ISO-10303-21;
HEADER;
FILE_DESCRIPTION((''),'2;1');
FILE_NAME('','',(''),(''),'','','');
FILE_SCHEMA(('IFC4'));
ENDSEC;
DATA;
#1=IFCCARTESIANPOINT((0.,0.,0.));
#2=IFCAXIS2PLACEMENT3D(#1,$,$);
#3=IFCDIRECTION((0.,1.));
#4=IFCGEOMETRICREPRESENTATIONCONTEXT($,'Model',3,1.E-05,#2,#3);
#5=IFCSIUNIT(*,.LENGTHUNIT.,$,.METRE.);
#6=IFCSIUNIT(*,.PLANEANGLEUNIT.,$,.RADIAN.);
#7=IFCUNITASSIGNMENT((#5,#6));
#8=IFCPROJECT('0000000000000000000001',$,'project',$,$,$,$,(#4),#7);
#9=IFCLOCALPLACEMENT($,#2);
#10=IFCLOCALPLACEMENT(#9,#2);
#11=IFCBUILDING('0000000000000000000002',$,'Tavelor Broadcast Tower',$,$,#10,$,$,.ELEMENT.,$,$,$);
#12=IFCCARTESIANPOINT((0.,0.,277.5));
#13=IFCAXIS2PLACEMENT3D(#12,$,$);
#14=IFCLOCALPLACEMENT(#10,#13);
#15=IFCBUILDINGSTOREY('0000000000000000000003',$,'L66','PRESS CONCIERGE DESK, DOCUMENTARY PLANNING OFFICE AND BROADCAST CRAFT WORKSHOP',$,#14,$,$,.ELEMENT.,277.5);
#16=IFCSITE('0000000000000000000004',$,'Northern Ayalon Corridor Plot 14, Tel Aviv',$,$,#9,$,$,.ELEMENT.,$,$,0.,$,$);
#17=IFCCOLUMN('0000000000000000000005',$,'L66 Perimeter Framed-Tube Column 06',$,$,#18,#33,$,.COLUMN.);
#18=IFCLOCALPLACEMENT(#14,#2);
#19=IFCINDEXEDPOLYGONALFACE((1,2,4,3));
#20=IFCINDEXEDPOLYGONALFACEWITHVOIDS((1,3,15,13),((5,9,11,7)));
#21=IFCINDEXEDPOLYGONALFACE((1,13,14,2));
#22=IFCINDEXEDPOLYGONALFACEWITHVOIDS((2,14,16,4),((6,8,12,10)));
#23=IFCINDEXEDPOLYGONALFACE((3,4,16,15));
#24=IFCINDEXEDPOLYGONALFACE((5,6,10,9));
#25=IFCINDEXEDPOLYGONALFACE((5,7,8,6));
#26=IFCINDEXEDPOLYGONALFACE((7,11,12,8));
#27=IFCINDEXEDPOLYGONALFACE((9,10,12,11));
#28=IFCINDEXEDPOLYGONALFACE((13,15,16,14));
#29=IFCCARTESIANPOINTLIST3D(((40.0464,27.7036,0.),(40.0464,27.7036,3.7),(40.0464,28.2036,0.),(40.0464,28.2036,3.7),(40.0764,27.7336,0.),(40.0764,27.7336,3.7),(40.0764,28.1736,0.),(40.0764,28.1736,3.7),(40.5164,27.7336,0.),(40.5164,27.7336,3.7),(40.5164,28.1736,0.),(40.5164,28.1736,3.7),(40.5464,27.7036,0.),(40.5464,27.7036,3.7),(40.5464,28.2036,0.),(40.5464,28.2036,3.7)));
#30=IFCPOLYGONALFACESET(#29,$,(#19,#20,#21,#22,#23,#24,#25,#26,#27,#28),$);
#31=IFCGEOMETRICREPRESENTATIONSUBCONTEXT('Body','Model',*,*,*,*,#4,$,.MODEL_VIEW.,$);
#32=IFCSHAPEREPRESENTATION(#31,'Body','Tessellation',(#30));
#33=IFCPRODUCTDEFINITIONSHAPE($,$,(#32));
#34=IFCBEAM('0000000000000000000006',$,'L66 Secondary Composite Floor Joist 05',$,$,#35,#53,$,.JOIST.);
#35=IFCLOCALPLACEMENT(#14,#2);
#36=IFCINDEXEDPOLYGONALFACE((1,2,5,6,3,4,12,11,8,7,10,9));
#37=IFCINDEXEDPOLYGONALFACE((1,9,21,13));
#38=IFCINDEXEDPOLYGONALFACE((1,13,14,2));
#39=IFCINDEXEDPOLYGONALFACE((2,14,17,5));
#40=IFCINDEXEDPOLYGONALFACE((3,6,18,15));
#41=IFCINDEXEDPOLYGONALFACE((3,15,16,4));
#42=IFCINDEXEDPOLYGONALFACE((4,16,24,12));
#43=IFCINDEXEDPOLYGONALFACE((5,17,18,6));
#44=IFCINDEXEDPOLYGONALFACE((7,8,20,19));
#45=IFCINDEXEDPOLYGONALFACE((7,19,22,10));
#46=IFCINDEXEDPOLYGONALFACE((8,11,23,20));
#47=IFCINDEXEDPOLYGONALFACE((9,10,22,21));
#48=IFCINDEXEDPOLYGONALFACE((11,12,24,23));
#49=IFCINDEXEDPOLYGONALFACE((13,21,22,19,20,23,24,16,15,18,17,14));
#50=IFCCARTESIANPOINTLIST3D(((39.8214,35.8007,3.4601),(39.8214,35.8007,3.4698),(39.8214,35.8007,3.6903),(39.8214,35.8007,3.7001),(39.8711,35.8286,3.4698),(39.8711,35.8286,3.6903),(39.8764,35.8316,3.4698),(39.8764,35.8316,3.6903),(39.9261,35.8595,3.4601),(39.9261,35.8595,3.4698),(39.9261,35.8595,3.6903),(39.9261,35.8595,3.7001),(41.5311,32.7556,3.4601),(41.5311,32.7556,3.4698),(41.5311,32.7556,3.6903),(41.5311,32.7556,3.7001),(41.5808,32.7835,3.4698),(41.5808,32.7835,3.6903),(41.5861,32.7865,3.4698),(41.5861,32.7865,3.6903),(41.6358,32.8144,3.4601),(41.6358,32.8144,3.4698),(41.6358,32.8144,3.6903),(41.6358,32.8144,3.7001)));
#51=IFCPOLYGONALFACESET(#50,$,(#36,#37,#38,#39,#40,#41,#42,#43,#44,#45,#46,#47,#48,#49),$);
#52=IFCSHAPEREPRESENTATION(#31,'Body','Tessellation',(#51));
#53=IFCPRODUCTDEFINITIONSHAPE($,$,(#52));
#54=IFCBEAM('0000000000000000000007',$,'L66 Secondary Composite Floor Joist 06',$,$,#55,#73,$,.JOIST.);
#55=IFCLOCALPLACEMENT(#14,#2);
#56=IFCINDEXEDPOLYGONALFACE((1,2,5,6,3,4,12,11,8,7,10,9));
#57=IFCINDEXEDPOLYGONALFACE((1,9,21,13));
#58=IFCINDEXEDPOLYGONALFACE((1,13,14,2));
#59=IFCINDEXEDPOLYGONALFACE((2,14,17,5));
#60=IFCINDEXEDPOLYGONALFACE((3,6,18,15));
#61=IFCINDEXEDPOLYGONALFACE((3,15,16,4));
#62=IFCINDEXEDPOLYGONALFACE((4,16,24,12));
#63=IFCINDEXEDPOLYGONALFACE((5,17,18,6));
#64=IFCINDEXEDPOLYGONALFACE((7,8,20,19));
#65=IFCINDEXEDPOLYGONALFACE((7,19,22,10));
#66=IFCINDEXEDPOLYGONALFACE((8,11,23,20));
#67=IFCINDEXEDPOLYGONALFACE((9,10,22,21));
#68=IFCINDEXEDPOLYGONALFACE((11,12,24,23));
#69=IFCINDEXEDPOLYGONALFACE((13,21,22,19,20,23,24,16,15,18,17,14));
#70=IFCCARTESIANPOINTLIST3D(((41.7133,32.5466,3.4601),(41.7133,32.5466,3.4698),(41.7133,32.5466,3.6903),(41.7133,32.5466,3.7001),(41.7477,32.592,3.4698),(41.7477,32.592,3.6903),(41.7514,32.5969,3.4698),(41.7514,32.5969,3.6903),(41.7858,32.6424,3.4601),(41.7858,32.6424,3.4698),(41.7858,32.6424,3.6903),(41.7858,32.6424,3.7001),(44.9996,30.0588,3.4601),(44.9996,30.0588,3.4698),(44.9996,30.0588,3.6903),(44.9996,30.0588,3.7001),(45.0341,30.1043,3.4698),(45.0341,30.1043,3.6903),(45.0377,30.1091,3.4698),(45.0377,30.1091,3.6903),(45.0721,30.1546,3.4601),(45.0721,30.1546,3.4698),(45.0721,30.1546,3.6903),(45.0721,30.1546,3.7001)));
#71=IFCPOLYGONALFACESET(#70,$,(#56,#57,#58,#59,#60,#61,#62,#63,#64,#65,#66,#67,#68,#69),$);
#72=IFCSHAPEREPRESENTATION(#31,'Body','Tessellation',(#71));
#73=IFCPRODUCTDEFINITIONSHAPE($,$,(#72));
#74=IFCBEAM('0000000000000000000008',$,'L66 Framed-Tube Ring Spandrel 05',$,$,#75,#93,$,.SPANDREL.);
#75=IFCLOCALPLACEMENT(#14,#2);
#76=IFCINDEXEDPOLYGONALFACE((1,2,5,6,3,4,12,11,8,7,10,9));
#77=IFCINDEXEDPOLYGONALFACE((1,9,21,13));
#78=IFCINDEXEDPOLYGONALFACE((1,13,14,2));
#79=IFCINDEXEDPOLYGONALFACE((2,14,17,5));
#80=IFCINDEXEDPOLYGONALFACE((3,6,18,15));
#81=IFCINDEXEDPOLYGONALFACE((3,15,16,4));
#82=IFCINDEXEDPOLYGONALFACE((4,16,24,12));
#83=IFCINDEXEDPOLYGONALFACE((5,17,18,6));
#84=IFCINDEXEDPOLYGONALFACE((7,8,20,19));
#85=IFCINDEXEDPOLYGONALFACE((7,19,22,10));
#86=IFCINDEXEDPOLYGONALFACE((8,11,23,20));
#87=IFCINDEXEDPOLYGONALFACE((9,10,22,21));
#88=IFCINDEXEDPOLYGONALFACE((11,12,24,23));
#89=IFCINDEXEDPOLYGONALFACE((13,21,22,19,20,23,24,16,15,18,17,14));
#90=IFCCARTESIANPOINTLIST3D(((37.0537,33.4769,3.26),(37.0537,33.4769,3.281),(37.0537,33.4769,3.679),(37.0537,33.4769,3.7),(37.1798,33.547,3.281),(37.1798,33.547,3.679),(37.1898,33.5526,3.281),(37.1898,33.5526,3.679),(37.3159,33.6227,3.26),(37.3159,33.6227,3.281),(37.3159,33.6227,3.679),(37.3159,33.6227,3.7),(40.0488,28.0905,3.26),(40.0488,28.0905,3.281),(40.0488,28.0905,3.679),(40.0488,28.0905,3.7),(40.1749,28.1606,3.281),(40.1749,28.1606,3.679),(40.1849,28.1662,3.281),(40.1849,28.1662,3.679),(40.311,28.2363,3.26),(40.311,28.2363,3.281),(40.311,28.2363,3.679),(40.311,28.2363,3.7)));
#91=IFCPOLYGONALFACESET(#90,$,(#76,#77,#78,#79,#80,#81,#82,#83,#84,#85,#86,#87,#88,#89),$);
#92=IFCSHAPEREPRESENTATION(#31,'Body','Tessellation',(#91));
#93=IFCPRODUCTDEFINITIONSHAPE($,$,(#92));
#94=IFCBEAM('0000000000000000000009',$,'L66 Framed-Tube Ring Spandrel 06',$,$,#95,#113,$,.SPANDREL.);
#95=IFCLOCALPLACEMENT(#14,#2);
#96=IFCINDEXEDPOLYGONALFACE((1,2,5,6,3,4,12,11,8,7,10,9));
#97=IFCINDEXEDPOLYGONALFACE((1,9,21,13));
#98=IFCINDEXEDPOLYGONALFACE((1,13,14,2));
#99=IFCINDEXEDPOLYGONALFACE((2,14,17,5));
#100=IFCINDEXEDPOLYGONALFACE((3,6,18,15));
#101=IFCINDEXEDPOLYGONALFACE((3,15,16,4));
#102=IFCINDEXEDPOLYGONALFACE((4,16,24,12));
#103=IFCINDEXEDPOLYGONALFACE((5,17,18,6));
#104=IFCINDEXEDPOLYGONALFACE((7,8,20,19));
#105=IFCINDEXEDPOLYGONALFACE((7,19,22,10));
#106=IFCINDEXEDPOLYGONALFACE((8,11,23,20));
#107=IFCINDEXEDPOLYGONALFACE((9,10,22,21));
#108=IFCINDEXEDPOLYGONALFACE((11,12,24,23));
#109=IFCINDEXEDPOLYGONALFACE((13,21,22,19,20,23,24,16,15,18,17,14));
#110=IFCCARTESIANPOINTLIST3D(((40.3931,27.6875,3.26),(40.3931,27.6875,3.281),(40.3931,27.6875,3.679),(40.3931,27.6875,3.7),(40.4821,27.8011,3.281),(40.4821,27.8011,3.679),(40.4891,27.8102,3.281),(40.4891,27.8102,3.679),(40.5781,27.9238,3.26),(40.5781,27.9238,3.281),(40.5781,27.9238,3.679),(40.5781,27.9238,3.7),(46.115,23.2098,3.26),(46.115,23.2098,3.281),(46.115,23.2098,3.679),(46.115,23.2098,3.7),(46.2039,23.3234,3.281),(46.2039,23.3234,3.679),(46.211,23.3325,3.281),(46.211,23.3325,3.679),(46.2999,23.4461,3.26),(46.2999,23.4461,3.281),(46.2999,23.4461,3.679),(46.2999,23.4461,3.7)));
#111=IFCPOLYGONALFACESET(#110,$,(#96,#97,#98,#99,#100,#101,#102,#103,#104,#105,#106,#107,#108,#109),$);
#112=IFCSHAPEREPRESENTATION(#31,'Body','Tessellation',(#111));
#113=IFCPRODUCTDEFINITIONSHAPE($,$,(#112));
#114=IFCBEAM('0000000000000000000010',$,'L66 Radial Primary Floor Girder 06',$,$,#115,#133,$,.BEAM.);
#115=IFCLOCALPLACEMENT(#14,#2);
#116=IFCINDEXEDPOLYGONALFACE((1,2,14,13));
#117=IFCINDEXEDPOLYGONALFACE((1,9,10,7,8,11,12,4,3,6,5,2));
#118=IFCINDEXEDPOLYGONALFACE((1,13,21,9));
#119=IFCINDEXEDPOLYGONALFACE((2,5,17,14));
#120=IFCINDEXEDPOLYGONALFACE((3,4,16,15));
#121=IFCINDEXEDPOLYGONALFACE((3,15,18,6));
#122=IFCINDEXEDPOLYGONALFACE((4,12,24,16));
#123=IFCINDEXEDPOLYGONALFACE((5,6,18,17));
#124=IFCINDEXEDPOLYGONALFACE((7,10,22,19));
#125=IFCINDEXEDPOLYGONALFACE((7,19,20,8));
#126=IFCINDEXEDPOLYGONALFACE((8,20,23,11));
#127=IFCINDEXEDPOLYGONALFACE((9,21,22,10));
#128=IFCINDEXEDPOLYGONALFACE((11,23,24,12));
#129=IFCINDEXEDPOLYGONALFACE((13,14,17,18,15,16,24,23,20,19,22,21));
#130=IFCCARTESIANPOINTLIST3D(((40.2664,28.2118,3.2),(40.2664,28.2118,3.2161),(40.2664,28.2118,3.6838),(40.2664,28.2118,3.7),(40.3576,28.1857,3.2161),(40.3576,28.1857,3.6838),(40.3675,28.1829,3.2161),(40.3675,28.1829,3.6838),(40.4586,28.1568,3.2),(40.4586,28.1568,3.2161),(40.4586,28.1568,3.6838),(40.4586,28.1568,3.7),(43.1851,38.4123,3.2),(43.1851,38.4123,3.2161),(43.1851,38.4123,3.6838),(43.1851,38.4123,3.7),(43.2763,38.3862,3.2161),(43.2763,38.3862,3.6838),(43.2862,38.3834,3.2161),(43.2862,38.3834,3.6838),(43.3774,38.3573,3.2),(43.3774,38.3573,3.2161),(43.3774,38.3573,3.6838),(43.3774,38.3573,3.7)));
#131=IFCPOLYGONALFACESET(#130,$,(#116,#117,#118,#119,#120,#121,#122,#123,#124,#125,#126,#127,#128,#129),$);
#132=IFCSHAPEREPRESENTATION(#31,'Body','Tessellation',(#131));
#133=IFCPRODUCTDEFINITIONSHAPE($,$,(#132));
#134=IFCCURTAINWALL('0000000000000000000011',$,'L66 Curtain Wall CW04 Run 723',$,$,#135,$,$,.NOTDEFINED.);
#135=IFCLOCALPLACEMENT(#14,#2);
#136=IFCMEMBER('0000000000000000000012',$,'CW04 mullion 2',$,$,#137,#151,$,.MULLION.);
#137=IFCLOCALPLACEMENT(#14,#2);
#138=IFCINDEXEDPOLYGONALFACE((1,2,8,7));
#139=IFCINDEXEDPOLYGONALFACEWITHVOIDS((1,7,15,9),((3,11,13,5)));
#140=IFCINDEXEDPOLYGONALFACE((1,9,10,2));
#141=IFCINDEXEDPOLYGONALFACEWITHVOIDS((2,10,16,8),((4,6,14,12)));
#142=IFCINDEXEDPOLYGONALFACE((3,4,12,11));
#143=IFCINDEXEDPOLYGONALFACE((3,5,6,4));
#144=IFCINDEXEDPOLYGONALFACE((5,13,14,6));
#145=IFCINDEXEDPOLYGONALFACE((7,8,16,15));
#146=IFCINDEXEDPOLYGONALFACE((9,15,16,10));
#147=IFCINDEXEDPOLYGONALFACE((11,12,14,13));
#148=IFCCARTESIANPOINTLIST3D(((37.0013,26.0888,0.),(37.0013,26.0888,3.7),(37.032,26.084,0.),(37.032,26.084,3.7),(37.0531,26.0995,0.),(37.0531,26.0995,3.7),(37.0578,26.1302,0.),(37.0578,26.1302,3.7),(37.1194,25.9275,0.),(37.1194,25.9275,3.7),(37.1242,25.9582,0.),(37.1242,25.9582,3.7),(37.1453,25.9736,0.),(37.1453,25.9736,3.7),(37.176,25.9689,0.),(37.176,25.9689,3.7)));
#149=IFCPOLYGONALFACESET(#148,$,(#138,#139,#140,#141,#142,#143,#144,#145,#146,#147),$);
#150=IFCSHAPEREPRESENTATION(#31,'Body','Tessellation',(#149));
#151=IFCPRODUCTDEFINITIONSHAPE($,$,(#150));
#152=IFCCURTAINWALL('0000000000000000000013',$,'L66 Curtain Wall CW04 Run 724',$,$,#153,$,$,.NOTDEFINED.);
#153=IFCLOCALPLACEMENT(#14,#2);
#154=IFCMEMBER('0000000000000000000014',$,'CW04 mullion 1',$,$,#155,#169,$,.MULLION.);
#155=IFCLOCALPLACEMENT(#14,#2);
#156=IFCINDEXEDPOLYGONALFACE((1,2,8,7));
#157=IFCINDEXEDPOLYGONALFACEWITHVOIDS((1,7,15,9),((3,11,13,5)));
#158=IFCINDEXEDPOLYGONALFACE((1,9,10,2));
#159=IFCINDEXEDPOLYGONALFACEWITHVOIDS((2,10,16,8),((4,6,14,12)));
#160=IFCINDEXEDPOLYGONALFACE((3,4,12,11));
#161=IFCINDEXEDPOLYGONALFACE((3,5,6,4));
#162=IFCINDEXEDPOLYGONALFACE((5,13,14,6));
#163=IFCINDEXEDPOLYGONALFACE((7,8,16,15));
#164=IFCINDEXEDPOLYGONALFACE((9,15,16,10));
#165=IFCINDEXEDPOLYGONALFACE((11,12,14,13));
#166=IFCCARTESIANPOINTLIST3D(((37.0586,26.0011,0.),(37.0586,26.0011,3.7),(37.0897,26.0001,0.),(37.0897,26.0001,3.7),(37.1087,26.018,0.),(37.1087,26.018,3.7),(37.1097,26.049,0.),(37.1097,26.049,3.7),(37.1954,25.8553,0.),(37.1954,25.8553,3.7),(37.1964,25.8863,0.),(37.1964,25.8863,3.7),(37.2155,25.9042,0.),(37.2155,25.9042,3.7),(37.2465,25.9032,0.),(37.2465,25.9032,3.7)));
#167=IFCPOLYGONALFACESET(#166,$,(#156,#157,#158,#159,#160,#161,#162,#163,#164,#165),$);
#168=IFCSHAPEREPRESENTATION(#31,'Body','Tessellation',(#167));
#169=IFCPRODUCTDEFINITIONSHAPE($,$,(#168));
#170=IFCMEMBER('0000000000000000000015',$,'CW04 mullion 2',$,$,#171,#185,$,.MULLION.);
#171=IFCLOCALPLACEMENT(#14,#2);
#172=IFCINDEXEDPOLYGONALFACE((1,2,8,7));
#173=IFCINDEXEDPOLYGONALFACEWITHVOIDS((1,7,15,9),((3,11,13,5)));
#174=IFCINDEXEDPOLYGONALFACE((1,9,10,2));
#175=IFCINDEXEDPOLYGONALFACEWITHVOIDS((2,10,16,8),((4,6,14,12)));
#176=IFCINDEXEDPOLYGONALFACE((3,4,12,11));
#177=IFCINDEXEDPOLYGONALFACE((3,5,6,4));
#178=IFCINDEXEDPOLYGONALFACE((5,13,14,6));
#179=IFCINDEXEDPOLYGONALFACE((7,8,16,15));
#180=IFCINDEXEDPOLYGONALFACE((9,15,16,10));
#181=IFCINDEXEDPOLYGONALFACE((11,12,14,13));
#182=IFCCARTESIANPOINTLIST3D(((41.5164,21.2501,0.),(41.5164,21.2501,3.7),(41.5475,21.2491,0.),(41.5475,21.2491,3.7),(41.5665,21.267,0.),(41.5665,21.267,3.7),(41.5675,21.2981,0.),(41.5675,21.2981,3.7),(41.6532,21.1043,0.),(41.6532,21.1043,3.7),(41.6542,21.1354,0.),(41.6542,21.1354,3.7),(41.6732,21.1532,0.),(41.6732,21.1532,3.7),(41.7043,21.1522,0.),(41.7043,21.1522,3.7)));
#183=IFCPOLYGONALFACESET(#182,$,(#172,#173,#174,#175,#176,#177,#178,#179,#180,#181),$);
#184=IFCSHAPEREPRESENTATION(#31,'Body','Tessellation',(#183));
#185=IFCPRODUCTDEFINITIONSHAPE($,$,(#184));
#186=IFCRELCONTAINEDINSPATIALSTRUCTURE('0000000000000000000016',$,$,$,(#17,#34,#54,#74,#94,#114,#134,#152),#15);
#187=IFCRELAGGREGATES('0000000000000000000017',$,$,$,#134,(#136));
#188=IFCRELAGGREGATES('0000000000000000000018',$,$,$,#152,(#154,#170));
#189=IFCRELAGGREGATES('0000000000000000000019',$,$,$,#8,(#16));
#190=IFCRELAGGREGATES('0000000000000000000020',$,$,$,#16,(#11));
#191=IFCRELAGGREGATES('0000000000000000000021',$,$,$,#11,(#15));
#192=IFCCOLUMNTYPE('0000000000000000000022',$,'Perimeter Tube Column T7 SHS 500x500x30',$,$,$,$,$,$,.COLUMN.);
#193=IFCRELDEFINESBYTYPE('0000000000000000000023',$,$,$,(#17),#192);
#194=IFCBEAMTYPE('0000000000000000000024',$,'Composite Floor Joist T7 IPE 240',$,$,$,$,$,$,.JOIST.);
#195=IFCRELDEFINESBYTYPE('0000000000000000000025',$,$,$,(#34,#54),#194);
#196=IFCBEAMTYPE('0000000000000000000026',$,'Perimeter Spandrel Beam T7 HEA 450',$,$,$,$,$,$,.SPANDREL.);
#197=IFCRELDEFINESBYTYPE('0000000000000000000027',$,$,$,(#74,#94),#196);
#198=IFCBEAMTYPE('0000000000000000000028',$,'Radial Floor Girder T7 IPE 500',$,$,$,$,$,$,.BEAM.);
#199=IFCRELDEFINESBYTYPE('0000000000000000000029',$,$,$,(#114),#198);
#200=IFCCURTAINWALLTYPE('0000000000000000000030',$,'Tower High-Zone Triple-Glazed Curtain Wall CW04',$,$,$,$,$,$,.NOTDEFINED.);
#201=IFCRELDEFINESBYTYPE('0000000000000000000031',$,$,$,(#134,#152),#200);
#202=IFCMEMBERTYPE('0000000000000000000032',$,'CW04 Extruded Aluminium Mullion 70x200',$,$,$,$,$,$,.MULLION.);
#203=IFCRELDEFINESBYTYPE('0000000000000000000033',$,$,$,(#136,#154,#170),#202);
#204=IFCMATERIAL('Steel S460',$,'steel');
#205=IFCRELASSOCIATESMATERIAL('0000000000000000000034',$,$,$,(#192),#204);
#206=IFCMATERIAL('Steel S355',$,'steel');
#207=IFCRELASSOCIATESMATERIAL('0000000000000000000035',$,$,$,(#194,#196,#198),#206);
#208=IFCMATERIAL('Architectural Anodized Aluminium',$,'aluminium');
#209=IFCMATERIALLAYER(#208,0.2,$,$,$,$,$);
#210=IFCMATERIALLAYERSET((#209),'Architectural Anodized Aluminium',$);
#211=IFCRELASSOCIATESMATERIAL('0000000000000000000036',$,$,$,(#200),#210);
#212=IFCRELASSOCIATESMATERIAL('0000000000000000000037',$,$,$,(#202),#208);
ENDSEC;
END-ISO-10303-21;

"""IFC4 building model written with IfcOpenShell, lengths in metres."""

from ifc_helpers import new_model, si_unit, direction, frame, origin, origin_2d, place, context, subcontext, project, spatial, hollow_rectangle, i_section, extrude, source, transform, mapped, material, layer, layer_set, material_profile, profile_set, type_object, type_shapes, element, aggregate, save


model = new_model("IFC4")

# Units and contexts
model_context = context("Model", 3, precision=1e-05, world=origin(), true_north=direction((0.0, 1.0)))
body_context = subcontext(model_context, "Body", "Model", "MODEL_VIEW")
ifc_project = project(units=[si_unit("LENGTHUNIT", "METRE"), si_unit("PLANEANGLEUNIT", "RADIAN")], contexts=[model_context])

# Site, building, storey
site_placement = place(None, origin())
site = spatial("IfcSite", under=ifc_project, at=site_placement, Name="Northern Ayalon Corridor Plot 14, Tel Aviv", CompositionType="ELEMENT", RefElevation=0.0)
building_placement = place(site_placement, origin())
building = spatial("IfcBuilding", under=site, at=building_placement, Name="Tavelor Broadcast Tower", CompositionType="ELEMENT")
storey_placement = place(building_placement, frame((0.0, 0.0, 277.5)))
storey = spatial("IfcBuildingStorey", under=building, at=storey_placement, Name="L66", Description="PRESS CONCIERGE DESK, DOCUMENTARY PLANNING OFFICE AND BROADCAST CRAFT WORKSHOP", CompositionType="ELEMENT", Elevation=277.5)

# Column
ifc_material_1 = material(Name="Steel S460", Category="steel")
ifc_material_profile_1 = material_profile(ifc_material_1, hollow_rectangle(XDim=0.5, YDim=0.5, WallThickness=0.03, at=origin_2d()), Name="SHS 500x500x30")
ifc_profile_set_1 = profile_set([ifc_material_profile_1], Name="Steel S460")
column_type = type_object("IfcColumnType", Name="Perimeter Tube Column T7 SHS 500x500x30", PredefinedType="COLUMN", material=ifc_profile_set_1)
column_placement = place(storey_placement, frame((40.2964, 27.9536, 0.0), z_axis=(0.0, 0.0, 1.0), x_axis=(1.0, 0.0, 0.0)))
element("IfcColumn", 1, at=column_placement, inside=storey, type_object=column_type, Name="L66 Perimeter Framed-Tube Column 06", PredefinedType="COLUMN", context=body_context, shape_type="SweptSolid", body=[
    extrude(hollow_rectangle(XDim=0.5, YDim=0.5, WallThickness=0.03, at=origin_2d()), origin(), (0.0, 0.0, 1.0), 3.7),
])

# Beams
ifc_material_2 = material(Name="Steel S355", Category="steel")
ifc_material_profile_2 = material_profile(ifc_material_2, i_section(OverallWidth=0.1201, OverallDepth=0.24, WebThickness=0.0061, FlangeThickness=0.0098, at=origin_2d()), Name="IPE 240")
ifc_profile_set_2 = profile_set([ifc_material_profile_2], Name="Steel S355")
beam_type_1 = type_object("IfcBeamType", Name="Composite Floor Joist T7 IPE 240", PredefinedType="JOIST", material=ifc_profile_set_2)
beam_1_placement = place(storey_placement, frame((39.8738, 35.8301, 3.5801), z_axis=(0.489567, -0.871965, 0.0), x_axis=(0.871965, 0.489567, 0.0)))
element("IfcBeam", 2, at=beam_1_placement, inside=storey, type_object=beam_type_1, Name="L66 Secondary Composite Floor Joist 05", PredefinedType="JOIST", context=body_context, shape_type="SweptSolid", body=[
    extrude(i_section(OverallWidth=0.1201, OverallDepth=0.24, WebThickness=0.0061, FlangeThickness=0.0098, at=origin_2d()), origin(), (0.0, 0.0, 1.0), 3.4922),
])
beam_2_placement = place(storey_placement, frame((41.7495, 32.5945, 3.5801), z_axis=(0.797312, -0.603567, 0.0), x_axis=(0.603567, 0.797312, 0.0)))
element("IfcBeam", 3, at=beam_2_placement, inside=storey, type_object=beam_type_1, Name="L66 Secondary Composite Floor Joist 06", PredefinedType="JOIST", context=body_context, shape_type="SweptSolid", body=[
    extrude(i_section(OverallWidth=0.1201, OverallDepth=0.24, WebThickness=0.0061, FlangeThickness=0.0098, at=origin_2d()), origin(), (0.0, 0.0, 1.0), 4.1218),
])
ifc_material_profile_3 = material_profile(ifc_material_2, i_section(OverallWidth=0.3, OverallDepth=0.4399, WebThickness=0.0115, FlangeThickness=0.021, at=origin_2d()), Name="HEA 450")
ifc_profile_set_3 = profile_set([ifc_material_profile_3], Name="Steel S355")
beam_type_2 = type_object("IfcBeamType", Name="Perimeter Spandrel Beam T7 HEA 450", PredefinedType="SPANDREL", material=ifc_profile_set_3)
beam_3_placement = place(storey_placement, frame((37.1848, 33.5498, 3.48), z_axis=(0.485969, -0.873976, 0.0), x_axis=(0.873976, 0.485969, 0.0)))
element("IfcBeam", 4, at=beam_3_placement, inside=storey, type_object=beam_type_2, Name="L66 Framed-Tube Ring Spandrel 05", PredefinedType="SPANDREL", context=body_context, shape_type="SweptSolid", body=[
    extrude(i_section(OverallWidth=0.3, OverallDepth=0.4399, WebThickness=0.0115, FlangeThickness=0.021, at=origin_2d()), origin(), (0.0, 0.0, 1.0), 6.1631),
])
beam_4_placement = place(storey_placement, frame((40.4856, 27.8057, 3.48), z_axis=(0.787521, -0.616287, 0.0), x_axis=(0.616287, 0.787521, 0.0)))
element("IfcBeam", 5, at=beam_4_placement, inside=storey, type_object=beam_type_2, Name="L66 Framed-Tube Ring Spandrel 06", PredefinedType="SPANDREL", context=body_context, shape_type="SweptSolid", body=[
    extrude(i_section(OverallWidth=0.3, OverallDepth=0.4399, WebThickness=0.0115, FlangeThickness=0.021, at=origin_2d()), origin(), (0.0, 0.0, 1.0), 7.2656),
])
ifc_material_profile_4 = material_profile(ifc_material_2, i_section(OverallWidth=0.2, OverallDepth=0.5, WebThickness=0.0103, FlangeThickness=0.0161, at=origin_2d()), Name="IPE 500")
ifc_profile_set_4 = profile_set([ifc_material_profile_4], Name="Steel S355")
beam_type_3 = type_object("IfcBeamType", Name="Radial Floor Girder T7 IPE 500", PredefinedType="BEAM", material=ifc_profile_set_4)
beam_5_placement = place(storey_placement, frame((43.2812, 38.3848, 3.45), z_axis=(-0.275095, -0.961417, 0.0), x_axis=(0.961417, -0.275095, 0.0)))
element("IfcBeam", 6, at=beam_5_placement, inside=storey, type_object=beam_type_3, Name="L66 Radial Primary Floor Girder 06", PredefinedType="BEAM", context=body_context, shape_type="SweptSolid", body=[
    extrude(i_section(OverallWidth=0.2, OverallDepth=0.5, WebThickness=0.0103, FlangeThickness=0.0161, at=origin_2d()), origin(), (0.0, 0.0, 1.0), 10.6099),
])

# Curtain wall, member
ifc_material_3 = material(Name="Architectural Anodized Aluminium", Category="aluminium")
ifc_layer_1 = layer(ifc_material_3, 0.2)
ifc_layer_set_1 = layer_set([ifc_layer_1], Name="Architectural Anodized Aluminium")
curtain_wall_type = type_object("IfcCurtainWallType", Name="Tower High-Zone Triple-Glazed Curtain Wall CW04", PredefinedType="NOTDEFINED", material=ifc_layer_set_1)
curtain_wall_1_placement = place(storey_placement, origin())
curtain_wall_1 = element("IfcCurtainWall", 7, at=curtain_wall_1_placement, inside=storey, type_object=curtain_wall_type, Name="L66 Curtain Wall CW04 Run 723", PredefinedType="NOTDEFINED")
ifc_material_profile_5 = material_profile(ifc_material_3, hollow_rectangle(XDim=0.0701, YDim=0.2, WallThickness=0.022, at=origin_2d()), Name="RHS 70x200x22")
ifc_profile_set_5 = profile_set([ifc_material_profile_5], Name="Architectural Anodized Aluminium")
member_type_1 = type_object("IfcMemberType", Name="CW04 Extruded Aluminium Mullion 70x200", PredefinedType="MULLION", material=ifc_profile_set_5)
shared_shape_1 = source(origin(), body_context, "Body", "SweptSolid", [
    extrude(hollow_rectangle(XDim=0.0701, YDim=0.2, WallThickness=0.022, at=origin_2d()), origin(), (0.0, 0.0, 1.0), 3.7),
])
type_shapes(member_type_1, [shared_shape_1])
member_1_placement = place(storey_placement, frame((37.0886, 26.0288, 0.0), z_axis=(0.0, 0.0, 1.0), x_axis=(0.806696, 0.590967, 0.0)))
member_1 = element("IfcMember", 8, at=member_1_placement, type_object=member_type_1, Name="CW04 mullion 2", PredefinedType="MULLION", context=body_context, shape_type="MappedRepresentation", body=[
    mapped(shared_shape_1, transform((0.0, 0.0, 0.0), scale=1.0)),
])
aggregate(curtain_wall_1, [member_1])

# Curtain wall, members
curtain_wall_2_placement = place(storey_placement, origin())
curtain_wall_2 = element("IfcCurtainWall", 9, at=curtain_wall_2_placement, inside=storey, type_object=curtain_wall_type, Name="L66 Curtain Wall CW04 Run 724", PredefinedType="NOTDEFINED")
member_2_placement = place(storey_placement, frame((37.1526, 25.9521, 0.0), z_axis=(0.0, 0.0, 1.0), x_axis=(0.729255, 0.684242, 0.0)))
member_2 = element("IfcMember", 10, at=member_2_placement, type_object=member_type_1, Name="CW04 mullion 1", PredefinedType="MULLION", context=body_context, shape_type="MappedRepresentation", body=[
    mapped(shared_shape_1, transform((0.0, 0.0, 0.0), scale=1.0)),
])
member_3_placement = place(storey_placement, frame((41.6104, 21.2012, 0.0), z_axis=(0.0, 0.0, 1.0), x_axis=(0.729255, 0.684242, 0.0)))
member_3 = element("IfcMember", 11, at=member_3_placement, type_object=member_type_1, Name="CW04 mullion 2", PredefinedType="MULLION", context=body_context, shape_type="MappedRepresentation", body=[
    mapped(shared_shape_1, transform((0.0, 0.0, 0.0), scale=1.0)),
])

aggregate(curtain_wall_2, [member_2, member_3])

save(model, "model.ifc")
